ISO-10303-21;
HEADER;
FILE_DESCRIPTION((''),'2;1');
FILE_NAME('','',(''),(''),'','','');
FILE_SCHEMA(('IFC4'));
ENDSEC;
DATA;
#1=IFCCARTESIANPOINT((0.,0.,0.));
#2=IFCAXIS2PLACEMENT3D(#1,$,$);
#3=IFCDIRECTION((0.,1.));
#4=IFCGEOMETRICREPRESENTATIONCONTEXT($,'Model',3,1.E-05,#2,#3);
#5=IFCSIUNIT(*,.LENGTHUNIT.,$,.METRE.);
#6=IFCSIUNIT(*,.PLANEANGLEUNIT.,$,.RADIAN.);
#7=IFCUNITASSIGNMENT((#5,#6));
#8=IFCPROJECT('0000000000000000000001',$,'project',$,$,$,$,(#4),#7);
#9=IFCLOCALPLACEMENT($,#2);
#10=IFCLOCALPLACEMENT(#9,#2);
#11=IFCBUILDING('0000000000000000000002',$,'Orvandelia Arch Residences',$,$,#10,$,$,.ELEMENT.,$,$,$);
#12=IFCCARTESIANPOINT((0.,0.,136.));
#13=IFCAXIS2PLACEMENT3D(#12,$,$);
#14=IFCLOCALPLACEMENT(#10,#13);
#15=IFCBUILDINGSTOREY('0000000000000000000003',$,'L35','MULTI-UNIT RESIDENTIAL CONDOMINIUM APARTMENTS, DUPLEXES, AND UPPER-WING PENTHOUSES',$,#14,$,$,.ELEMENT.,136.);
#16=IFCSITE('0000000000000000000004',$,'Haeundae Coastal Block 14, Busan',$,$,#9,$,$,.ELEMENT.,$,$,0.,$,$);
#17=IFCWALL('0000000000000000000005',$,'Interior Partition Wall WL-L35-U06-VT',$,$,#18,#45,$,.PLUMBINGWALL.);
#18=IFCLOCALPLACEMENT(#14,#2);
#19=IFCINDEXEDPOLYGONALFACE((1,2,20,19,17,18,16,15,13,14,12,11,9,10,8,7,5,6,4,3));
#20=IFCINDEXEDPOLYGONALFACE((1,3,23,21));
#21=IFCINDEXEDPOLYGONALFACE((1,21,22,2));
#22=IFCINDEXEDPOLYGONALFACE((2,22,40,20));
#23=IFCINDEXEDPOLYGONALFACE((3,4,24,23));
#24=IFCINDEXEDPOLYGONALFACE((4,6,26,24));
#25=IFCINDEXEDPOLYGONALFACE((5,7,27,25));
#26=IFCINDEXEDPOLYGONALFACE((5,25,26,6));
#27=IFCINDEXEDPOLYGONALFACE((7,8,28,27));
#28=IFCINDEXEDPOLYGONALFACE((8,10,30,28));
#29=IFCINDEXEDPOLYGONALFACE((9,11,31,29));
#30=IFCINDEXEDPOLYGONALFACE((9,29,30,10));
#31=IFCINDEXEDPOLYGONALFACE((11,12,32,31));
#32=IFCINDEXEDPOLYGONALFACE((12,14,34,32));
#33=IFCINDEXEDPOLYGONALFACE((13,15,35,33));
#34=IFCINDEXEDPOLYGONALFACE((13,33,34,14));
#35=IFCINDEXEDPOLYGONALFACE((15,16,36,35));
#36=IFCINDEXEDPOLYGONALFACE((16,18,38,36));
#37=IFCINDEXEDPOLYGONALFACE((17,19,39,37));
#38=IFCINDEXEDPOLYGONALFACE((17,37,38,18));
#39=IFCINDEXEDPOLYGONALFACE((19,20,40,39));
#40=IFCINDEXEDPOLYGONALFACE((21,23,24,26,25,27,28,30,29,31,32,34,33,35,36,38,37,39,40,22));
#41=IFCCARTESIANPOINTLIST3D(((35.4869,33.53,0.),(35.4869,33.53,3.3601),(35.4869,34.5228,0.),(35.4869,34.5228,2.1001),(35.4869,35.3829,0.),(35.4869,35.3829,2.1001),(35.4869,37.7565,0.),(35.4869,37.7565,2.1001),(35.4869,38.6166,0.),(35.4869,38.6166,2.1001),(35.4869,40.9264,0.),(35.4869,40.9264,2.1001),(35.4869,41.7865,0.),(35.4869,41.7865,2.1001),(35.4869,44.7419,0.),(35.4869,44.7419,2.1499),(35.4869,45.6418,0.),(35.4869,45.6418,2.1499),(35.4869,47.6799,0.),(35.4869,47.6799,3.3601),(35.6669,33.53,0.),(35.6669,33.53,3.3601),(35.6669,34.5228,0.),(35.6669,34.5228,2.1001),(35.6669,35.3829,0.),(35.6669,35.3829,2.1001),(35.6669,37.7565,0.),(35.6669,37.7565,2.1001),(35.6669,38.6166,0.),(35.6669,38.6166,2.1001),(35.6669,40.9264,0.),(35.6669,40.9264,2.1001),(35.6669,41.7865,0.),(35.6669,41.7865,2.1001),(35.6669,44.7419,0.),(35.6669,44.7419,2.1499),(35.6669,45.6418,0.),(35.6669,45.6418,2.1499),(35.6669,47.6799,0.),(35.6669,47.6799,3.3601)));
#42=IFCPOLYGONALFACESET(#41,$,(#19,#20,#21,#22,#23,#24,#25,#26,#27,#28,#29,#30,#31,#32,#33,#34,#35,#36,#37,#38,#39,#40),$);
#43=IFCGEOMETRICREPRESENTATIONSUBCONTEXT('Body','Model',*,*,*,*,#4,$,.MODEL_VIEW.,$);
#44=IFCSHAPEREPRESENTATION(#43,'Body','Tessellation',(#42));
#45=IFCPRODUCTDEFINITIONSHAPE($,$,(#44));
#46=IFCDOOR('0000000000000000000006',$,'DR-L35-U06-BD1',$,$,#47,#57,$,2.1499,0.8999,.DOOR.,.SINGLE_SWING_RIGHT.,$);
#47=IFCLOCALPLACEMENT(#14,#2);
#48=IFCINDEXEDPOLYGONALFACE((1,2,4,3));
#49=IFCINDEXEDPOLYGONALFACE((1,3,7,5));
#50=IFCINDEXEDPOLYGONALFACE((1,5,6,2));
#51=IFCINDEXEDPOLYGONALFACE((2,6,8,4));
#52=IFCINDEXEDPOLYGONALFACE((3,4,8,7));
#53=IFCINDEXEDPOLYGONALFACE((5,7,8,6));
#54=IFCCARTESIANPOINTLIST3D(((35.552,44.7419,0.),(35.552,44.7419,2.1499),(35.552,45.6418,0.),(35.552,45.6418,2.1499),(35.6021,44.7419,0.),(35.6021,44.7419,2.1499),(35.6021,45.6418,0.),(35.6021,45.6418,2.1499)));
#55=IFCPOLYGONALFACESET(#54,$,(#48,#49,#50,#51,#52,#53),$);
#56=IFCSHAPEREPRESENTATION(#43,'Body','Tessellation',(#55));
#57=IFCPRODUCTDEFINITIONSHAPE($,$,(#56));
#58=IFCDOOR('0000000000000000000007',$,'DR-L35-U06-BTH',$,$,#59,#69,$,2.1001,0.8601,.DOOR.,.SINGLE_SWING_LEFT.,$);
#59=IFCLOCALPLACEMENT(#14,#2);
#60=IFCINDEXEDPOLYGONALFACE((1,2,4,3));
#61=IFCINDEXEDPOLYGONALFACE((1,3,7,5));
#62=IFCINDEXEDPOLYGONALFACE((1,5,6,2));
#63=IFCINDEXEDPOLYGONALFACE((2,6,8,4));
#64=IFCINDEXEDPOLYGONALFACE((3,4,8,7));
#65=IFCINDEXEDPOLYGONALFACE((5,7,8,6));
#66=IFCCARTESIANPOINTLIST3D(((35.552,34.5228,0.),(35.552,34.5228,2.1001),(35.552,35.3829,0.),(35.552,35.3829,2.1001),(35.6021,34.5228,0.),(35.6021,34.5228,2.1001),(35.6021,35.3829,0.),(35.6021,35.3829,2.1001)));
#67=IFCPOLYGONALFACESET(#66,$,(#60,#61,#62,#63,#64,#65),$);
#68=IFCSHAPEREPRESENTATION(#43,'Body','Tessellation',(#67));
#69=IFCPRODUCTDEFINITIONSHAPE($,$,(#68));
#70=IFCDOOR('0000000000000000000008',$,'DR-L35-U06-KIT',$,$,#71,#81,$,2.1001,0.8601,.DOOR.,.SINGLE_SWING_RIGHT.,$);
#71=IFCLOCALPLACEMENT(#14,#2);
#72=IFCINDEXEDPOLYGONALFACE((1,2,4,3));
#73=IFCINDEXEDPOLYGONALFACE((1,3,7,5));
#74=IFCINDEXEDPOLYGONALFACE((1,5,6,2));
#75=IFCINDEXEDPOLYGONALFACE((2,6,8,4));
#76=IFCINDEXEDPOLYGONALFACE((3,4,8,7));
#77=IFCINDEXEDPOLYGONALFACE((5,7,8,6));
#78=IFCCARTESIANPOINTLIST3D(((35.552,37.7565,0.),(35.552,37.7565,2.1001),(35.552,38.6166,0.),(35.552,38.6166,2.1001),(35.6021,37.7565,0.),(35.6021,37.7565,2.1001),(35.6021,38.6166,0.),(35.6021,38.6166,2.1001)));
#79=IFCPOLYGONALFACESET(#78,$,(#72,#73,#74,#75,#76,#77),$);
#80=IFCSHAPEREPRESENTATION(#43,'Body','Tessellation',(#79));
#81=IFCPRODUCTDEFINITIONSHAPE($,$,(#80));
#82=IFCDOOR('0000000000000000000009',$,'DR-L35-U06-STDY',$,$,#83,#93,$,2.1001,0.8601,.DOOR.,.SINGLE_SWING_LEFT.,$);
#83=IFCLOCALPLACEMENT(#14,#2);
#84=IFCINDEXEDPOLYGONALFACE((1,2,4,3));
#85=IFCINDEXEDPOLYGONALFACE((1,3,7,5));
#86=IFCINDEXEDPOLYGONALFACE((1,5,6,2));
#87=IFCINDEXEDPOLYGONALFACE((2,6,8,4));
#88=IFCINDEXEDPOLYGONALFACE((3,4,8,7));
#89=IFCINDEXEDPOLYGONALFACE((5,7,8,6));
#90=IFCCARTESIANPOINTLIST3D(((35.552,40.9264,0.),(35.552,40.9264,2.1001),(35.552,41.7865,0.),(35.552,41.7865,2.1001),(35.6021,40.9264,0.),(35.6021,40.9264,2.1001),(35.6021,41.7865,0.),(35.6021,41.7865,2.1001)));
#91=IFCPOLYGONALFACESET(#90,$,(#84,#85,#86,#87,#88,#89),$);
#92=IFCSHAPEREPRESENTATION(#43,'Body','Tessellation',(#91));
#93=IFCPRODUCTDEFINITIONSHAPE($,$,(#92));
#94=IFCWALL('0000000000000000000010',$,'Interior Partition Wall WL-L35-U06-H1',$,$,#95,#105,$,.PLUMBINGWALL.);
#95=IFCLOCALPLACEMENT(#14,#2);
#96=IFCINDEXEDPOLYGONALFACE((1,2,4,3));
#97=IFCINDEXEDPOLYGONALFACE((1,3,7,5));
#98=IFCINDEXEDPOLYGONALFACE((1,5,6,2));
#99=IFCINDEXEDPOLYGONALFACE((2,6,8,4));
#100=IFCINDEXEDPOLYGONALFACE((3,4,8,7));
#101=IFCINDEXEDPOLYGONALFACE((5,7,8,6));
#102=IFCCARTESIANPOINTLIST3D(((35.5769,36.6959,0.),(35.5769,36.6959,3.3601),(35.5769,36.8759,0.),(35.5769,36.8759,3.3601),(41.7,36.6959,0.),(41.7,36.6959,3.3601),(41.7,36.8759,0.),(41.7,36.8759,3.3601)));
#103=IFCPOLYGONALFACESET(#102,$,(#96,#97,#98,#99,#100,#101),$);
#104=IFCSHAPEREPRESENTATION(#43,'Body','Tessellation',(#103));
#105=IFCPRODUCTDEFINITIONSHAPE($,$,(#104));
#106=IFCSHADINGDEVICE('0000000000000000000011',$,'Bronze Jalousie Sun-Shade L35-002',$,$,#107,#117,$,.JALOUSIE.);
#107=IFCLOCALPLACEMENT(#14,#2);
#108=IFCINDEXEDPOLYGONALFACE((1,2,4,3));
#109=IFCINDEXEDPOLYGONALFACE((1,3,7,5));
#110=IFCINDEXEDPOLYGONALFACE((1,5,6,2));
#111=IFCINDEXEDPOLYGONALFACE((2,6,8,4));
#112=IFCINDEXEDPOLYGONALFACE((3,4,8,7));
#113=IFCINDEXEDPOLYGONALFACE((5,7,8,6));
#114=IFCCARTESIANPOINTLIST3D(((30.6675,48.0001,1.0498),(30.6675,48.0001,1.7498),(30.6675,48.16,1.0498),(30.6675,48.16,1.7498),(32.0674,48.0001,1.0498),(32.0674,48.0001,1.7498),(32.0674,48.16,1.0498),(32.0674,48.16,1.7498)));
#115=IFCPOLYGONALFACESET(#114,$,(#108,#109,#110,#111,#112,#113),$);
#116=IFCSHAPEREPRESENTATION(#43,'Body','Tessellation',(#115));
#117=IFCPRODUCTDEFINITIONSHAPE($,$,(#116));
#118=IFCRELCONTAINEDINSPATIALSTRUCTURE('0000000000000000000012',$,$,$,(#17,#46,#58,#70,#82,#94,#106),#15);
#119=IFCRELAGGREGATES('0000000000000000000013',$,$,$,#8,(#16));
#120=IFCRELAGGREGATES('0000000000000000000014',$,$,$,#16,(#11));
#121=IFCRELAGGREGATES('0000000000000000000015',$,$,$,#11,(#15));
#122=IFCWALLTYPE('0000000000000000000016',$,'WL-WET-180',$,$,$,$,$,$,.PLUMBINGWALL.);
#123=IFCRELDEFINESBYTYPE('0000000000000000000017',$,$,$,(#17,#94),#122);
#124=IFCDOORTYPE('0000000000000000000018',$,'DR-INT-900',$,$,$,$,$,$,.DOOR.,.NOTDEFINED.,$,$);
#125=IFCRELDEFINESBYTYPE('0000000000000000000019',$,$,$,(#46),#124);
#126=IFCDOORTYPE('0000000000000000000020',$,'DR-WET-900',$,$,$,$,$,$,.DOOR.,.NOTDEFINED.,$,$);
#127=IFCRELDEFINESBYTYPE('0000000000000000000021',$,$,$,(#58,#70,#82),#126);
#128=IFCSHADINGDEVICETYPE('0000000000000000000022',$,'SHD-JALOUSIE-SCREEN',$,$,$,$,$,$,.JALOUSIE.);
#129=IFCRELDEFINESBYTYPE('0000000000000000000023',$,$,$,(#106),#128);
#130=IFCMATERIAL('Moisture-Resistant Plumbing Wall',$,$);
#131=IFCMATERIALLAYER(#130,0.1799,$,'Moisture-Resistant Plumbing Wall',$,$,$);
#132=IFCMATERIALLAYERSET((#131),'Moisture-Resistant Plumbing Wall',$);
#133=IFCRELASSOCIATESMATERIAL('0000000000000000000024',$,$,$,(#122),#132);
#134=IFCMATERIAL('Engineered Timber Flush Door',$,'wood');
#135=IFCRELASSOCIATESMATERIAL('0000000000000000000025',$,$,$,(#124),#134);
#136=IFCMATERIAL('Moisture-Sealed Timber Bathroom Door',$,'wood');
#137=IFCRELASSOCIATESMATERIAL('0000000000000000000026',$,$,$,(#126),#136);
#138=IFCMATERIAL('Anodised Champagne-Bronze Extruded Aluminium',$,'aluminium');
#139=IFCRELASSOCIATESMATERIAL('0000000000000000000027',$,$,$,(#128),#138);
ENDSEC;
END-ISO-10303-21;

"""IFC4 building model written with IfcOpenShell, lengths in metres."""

from ifc_helpers import new_model, si_unit, direction, frame, frame_2d, origin, origin_2d, place, context, subcontext, project, spatial, rectangle, extrude, material, layer, layer_set, type_object, element, fill, save


model = new_model("IFC4")

# Units and contexts
model_context = context("Model", 3, precision=1e-05, world=origin(), true_north=direction((0.0, 1.0)))
body_context = subcontext(model_context, "Body", "Model", "MODEL_VIEW")
ifc_project = project(units=[si_unit("LENGTHUNIT", "METRE"), si_unit("PLANEANGLEUNIT", "RADIAN")], contexts=[model_context])

# Site, building, storey
site_placement = place(None, origin())
site = spatial("IfcSite", under=ifc_project, at=site_placement, Name="Haeundae Coastal Block 14, Busan", CompositionType="ELEMENT", RefElevation=0.0)
building_placement = place(site_placement, origin())
building = spatial("IfcBuilding", under=site, at=building_placement, Name="Orvandelia Arch Residences", CompositionType="ELEMENT")
storey_placement = place(building_placement, frame((0.0, 0.0, 136.0)))
storey = spatial("IfcBuildingStorey", under=building, at=storey_placement, Name="L35", Description="MULTI-UNIT RESIDENTIAL CONDOMINIUM APARTMENTS, DUPLEXES, AND UPPER-WING PENTHOUSES", CompositionType="ELEMENT", Elevation=136.0)

# Wall, openings, doors
ifc_material_1 = material(Name="Moisture-Resistant Plumbing Wall")
ifc_layer_1 = layer(ifc_material_1, 0.1799, Name="Moisture-Resistant Plumbing Wall")
ifc_layer_set_1 = layer_set([ifc_layer_1], Name="Moisture-Resistant Plumbing Wall")
wall_type_1 = type_object("IfcWallType", Name="WL-WET-180", PredefinedType="PLUMBINGWALL", material=ifc_layer_set_1)
wall_1_placement = place(storey_placement, frame((35.5769, 33.53, 0.0), z_axis=(0.0, 0.0, 1.0), x_axis=(0.0, 1.0, 0.0)))
wall_1 = element("IfcWall", 1, at=wall_1_placement, inside=storey, type_object=wall_type_1, Name="Interior Partition Wall WL-L35-U06-VT", PredefinedType="PLUMBINGWALL", context=body_context, shape_type="SweptSolid", body=[
    extrude(rectangle(XDim=14.1499, YDim=0.1799, at=frame_2d((7.075, 0.0))), origin(), (0.0, 0.0, 1.0), 3.3601),
])
opening_1_placement = place(wall_1_placement, frame((0.9927, 0.0, 0.0)))
opening_1 = element("IfcOpeningElement", 2, at=opening_1_placement, cuts=wall_1, PredefinedType="OPENING", context=body_context, shape_type="SweptSolid", body=[
    extrude(rectangle(XDim=0.8601, YDim=2.1001, at=frame_2d((0.4302, 1.05))), frame((0.0, 0.1001, 0.0), z_axis=(0.0, -1.0, 0.0), x_axis=(1.0, 0.0, 0.0)), (0.0, 0.0, 1.0), 0.2),
])
opening_2_placement = place(wall_1_placement, frame((4.2263, 0.0, 0.0)))
opening_2 = element("IfcOpeningElement", 3, at=opening_2_placement, cuts=wall_1, PredefinedType="OPENING", context=body_context, shape_type="SweptSolid", body=[
    extrude(rectangle(XDim=0.8601, YDim=2.1001, at=frame_2d((0.4302, 1.05))), frame((0.0, 0.1001, 0.0), z_axis=(0.0, -1.0, 0.0), x_axis=(1.0, 0.0, 0.0)), (0.0, 0.0, 1.0), 0.2),
])
opening_3_placement = place(wall_1_placement, frame((7.3962, 0.0, 0.0)))
opening_3 = element("IfcOpeningElement", 4, at=opening_3_placement, cuts=wall_1, PredefinedType="OPENING", context=body_context, shape_type="SweptSolid", body=[
    extrude(rectangle(XDim=0.8601, YDim=2.1001, at=frame_2d((0.4302, 1.05))), frame((0.0, 0.1001, 0.0), z_axis=(0.0, -1.0, 0.0), x_axis=(1.0, 0.0, 0.0)), (0.0, 0.0, 1.0), 0.2),
])
opening_4_placement = place(wall_1_placement, frame((11.2119, 0.0, 0.0)))
opening_4 = element("IfcOpeningElement", 5, at=opening_4_placement, cuts=wall_1, PredefinedType="OPENING", context=body_context, shape_type="SweptSolid", body=[
    extrude(rectangle(XDim=0.8999, YDim=2.1499, at=frame_2d((0.45, 1.075))), frame((0.0, 0.1001, 0.0), z_axis=(0.0, -1.0, 0.0), x_axis=(1.0, 0.0, 0.0)), (0.0, 0.0, 1.0), 0.2),
])
ifc_material_2 = material(Name="Engineered Timber Flush Door", Category="wood")
door_type_1 = type_object("IfcDoorType", Name="DR-INT-900", OperationType="NOTDEFINED", PredefinedType="DOOR", material=ifc_material_2)
door_1_placement = place(opening_4_placement, origin())
door_1 = element("IfcDoor", 6, at=door_1_placement, inside=storey, type_object=door_type_1, Name="DR-L35-U06-BD1", OperationType="SINGLE_SWING_RIGHT", OverallHeight=2.1499, OverallWidth=0.8999, PredefinedType="DOOR", context=body_context, shape_type="SweptSolid", body=[
    extrude(rectangle(XDim=0.8999, YDim=2.1499, at=frame_2d((0.45, 1.075))), frame((0.0, 0.0249, 0.0), z_axis=(0.0, -1.0, 0.0), x_axis=(1.0, 0.0, 0.0)), (0.0, 0.0, 1.0), 0.05),
])
fill(opening_4, door_1)
ifc_material_3 = material(Name="Moisture-Sealed Timber Bathroom Door", Category="wood")
door_type_2 = type_object("IfcDoorType", Name="DR-WET-900", OperationType="NOTDEFINED", PredefinedType="DOOR", material=ifc_material_3)
door_2_placement = place(opening_1_placement, origin())
door_2 = element("IfcDoor", 7, at=door_2_placement, inside=storey, type_object=door_type_2, Name="DR-L35-U06-BTH", OperationType="SINGLE_SWING_LEFT", OverallHeight=2.1001, OverallWidth=0.8601, PredefinedType="DOOR", context=body_context, shape_type="SweptSolid", body=[
    extrude(rectangle(XDim=0.8601, YDim=2.1001, at=frame_2d((0.4302, 1.05))), frame((0.0, 0.0249, 0.0), z_axis=(0.0, -1.0, 0.0), x_axis=(1.0, 0.0, 0.0)), (0.0, 0.0, 1.0), 0.05),
])
fill(opening_1, door_2)
door_3_placement = place(opening_2_placement, origin())
door_3 = element("IfcDoor", 8, at=door_3_placement, inside=storey, type_object=door_type_2, Name="DR-L35-U06-KIT", OperationType="SINGLE_SWING_RIGHT", OverallHeight=2.1001, OverallWidth=0.8601, PredefinedType="DOOR", context=body_context, shape_type="SweptSolid", body=[
    extrude(rectangle(XDim=0.8601, YDim=2.1001, at=frame_2d((0.4302, 1.05))), frame((0.0, 0.0249, 0.0), z_axis=(0.0, -1.0, 0.0), x_axis=(1.0, 0.0, 0.0)), (0.0, 0.0, 1.0), 0.05),
])
fill(opening_2, door_3)
door_4_placement = place(opening_3_placement, origin())
door_4 = element("IfcDoor", 9, at=door_4_placement, inside=storey, type_object=door_type_2, Name="DR-L35-U06-STDY", OperationType="SINGLE_SWING_LEFT", OverallHeight=2.1001, OverallWidth=0.8601, PredefinedType="DOOR", context=body_context, shape_type="SweptSolid", body=[
    extrude(rectangle(XDim=0.8601, YDim=2.1001, at=frame_2d((0.4302, 1.05))), frame((0.0, 0.0249, 0.0), z_axis=(0.0, -1.0, 0.0), x_axis=(1.0, 0.0, 0.0)), (0.0, 0.0, 1.0), 0.05),
])
fill(opening_3, door_4)

# Wall
wall_2_placement = place(storey_placement, frame((35.5769, 36.7859, 0.0), z_axis=(0.0, 0.0, 1.0), x_axis=(1.0, 0.0, 0.0)))
element("IfcWall", 10, at=wall_2_placement, inside=storey, type_object=wall_type_1, Name="Interior Partition Wall WL-L35-U06-H1", PredefinedType="PLUMBINGWALL", context=body_context, shape_type="SweptSolid", body=[
    extrude(rectangle(XDim=6.123, YDim=0.1799, at=frame_2d((3.0615, 0.0))), origin(), (0.0, 0.0, 1.0), 3.3601),
])

# Shading device
ifc_material_4 = material(Name="Anodised Champagne-Bronze Extruded Aluminium", Category="aluminium")
shading_device_type = type_object("IfcShadingDeviceType", Name="SHD-JALOUSIE-SCREEN", PredefinedType="JALOUSIE", material=ifc_material_4)
shading_device_placement = place(storey_placement, frame((31.3674, 48.0801, 1.0498), z_axis=(0.0, 0.0, 1.0), x_axis=(1.0, 0.0, 0.0)))
element("IfcShadingDevice", 11, at=shading_device_placement, inside=storey, type_object=shading_device_type, Name="Bronze Jalousie Sun-Shade L35-002", PredefinedType="JALOUSIE", context=body_context, shape_type="SweptSolid", body=[
    extrude(rectangle(XDim=1.3999, YDim=0.1599, at=origin_2d()), origin(), (0.0, 0.0, 1.0), 0.7),
])

save(model, "model.ifc")
